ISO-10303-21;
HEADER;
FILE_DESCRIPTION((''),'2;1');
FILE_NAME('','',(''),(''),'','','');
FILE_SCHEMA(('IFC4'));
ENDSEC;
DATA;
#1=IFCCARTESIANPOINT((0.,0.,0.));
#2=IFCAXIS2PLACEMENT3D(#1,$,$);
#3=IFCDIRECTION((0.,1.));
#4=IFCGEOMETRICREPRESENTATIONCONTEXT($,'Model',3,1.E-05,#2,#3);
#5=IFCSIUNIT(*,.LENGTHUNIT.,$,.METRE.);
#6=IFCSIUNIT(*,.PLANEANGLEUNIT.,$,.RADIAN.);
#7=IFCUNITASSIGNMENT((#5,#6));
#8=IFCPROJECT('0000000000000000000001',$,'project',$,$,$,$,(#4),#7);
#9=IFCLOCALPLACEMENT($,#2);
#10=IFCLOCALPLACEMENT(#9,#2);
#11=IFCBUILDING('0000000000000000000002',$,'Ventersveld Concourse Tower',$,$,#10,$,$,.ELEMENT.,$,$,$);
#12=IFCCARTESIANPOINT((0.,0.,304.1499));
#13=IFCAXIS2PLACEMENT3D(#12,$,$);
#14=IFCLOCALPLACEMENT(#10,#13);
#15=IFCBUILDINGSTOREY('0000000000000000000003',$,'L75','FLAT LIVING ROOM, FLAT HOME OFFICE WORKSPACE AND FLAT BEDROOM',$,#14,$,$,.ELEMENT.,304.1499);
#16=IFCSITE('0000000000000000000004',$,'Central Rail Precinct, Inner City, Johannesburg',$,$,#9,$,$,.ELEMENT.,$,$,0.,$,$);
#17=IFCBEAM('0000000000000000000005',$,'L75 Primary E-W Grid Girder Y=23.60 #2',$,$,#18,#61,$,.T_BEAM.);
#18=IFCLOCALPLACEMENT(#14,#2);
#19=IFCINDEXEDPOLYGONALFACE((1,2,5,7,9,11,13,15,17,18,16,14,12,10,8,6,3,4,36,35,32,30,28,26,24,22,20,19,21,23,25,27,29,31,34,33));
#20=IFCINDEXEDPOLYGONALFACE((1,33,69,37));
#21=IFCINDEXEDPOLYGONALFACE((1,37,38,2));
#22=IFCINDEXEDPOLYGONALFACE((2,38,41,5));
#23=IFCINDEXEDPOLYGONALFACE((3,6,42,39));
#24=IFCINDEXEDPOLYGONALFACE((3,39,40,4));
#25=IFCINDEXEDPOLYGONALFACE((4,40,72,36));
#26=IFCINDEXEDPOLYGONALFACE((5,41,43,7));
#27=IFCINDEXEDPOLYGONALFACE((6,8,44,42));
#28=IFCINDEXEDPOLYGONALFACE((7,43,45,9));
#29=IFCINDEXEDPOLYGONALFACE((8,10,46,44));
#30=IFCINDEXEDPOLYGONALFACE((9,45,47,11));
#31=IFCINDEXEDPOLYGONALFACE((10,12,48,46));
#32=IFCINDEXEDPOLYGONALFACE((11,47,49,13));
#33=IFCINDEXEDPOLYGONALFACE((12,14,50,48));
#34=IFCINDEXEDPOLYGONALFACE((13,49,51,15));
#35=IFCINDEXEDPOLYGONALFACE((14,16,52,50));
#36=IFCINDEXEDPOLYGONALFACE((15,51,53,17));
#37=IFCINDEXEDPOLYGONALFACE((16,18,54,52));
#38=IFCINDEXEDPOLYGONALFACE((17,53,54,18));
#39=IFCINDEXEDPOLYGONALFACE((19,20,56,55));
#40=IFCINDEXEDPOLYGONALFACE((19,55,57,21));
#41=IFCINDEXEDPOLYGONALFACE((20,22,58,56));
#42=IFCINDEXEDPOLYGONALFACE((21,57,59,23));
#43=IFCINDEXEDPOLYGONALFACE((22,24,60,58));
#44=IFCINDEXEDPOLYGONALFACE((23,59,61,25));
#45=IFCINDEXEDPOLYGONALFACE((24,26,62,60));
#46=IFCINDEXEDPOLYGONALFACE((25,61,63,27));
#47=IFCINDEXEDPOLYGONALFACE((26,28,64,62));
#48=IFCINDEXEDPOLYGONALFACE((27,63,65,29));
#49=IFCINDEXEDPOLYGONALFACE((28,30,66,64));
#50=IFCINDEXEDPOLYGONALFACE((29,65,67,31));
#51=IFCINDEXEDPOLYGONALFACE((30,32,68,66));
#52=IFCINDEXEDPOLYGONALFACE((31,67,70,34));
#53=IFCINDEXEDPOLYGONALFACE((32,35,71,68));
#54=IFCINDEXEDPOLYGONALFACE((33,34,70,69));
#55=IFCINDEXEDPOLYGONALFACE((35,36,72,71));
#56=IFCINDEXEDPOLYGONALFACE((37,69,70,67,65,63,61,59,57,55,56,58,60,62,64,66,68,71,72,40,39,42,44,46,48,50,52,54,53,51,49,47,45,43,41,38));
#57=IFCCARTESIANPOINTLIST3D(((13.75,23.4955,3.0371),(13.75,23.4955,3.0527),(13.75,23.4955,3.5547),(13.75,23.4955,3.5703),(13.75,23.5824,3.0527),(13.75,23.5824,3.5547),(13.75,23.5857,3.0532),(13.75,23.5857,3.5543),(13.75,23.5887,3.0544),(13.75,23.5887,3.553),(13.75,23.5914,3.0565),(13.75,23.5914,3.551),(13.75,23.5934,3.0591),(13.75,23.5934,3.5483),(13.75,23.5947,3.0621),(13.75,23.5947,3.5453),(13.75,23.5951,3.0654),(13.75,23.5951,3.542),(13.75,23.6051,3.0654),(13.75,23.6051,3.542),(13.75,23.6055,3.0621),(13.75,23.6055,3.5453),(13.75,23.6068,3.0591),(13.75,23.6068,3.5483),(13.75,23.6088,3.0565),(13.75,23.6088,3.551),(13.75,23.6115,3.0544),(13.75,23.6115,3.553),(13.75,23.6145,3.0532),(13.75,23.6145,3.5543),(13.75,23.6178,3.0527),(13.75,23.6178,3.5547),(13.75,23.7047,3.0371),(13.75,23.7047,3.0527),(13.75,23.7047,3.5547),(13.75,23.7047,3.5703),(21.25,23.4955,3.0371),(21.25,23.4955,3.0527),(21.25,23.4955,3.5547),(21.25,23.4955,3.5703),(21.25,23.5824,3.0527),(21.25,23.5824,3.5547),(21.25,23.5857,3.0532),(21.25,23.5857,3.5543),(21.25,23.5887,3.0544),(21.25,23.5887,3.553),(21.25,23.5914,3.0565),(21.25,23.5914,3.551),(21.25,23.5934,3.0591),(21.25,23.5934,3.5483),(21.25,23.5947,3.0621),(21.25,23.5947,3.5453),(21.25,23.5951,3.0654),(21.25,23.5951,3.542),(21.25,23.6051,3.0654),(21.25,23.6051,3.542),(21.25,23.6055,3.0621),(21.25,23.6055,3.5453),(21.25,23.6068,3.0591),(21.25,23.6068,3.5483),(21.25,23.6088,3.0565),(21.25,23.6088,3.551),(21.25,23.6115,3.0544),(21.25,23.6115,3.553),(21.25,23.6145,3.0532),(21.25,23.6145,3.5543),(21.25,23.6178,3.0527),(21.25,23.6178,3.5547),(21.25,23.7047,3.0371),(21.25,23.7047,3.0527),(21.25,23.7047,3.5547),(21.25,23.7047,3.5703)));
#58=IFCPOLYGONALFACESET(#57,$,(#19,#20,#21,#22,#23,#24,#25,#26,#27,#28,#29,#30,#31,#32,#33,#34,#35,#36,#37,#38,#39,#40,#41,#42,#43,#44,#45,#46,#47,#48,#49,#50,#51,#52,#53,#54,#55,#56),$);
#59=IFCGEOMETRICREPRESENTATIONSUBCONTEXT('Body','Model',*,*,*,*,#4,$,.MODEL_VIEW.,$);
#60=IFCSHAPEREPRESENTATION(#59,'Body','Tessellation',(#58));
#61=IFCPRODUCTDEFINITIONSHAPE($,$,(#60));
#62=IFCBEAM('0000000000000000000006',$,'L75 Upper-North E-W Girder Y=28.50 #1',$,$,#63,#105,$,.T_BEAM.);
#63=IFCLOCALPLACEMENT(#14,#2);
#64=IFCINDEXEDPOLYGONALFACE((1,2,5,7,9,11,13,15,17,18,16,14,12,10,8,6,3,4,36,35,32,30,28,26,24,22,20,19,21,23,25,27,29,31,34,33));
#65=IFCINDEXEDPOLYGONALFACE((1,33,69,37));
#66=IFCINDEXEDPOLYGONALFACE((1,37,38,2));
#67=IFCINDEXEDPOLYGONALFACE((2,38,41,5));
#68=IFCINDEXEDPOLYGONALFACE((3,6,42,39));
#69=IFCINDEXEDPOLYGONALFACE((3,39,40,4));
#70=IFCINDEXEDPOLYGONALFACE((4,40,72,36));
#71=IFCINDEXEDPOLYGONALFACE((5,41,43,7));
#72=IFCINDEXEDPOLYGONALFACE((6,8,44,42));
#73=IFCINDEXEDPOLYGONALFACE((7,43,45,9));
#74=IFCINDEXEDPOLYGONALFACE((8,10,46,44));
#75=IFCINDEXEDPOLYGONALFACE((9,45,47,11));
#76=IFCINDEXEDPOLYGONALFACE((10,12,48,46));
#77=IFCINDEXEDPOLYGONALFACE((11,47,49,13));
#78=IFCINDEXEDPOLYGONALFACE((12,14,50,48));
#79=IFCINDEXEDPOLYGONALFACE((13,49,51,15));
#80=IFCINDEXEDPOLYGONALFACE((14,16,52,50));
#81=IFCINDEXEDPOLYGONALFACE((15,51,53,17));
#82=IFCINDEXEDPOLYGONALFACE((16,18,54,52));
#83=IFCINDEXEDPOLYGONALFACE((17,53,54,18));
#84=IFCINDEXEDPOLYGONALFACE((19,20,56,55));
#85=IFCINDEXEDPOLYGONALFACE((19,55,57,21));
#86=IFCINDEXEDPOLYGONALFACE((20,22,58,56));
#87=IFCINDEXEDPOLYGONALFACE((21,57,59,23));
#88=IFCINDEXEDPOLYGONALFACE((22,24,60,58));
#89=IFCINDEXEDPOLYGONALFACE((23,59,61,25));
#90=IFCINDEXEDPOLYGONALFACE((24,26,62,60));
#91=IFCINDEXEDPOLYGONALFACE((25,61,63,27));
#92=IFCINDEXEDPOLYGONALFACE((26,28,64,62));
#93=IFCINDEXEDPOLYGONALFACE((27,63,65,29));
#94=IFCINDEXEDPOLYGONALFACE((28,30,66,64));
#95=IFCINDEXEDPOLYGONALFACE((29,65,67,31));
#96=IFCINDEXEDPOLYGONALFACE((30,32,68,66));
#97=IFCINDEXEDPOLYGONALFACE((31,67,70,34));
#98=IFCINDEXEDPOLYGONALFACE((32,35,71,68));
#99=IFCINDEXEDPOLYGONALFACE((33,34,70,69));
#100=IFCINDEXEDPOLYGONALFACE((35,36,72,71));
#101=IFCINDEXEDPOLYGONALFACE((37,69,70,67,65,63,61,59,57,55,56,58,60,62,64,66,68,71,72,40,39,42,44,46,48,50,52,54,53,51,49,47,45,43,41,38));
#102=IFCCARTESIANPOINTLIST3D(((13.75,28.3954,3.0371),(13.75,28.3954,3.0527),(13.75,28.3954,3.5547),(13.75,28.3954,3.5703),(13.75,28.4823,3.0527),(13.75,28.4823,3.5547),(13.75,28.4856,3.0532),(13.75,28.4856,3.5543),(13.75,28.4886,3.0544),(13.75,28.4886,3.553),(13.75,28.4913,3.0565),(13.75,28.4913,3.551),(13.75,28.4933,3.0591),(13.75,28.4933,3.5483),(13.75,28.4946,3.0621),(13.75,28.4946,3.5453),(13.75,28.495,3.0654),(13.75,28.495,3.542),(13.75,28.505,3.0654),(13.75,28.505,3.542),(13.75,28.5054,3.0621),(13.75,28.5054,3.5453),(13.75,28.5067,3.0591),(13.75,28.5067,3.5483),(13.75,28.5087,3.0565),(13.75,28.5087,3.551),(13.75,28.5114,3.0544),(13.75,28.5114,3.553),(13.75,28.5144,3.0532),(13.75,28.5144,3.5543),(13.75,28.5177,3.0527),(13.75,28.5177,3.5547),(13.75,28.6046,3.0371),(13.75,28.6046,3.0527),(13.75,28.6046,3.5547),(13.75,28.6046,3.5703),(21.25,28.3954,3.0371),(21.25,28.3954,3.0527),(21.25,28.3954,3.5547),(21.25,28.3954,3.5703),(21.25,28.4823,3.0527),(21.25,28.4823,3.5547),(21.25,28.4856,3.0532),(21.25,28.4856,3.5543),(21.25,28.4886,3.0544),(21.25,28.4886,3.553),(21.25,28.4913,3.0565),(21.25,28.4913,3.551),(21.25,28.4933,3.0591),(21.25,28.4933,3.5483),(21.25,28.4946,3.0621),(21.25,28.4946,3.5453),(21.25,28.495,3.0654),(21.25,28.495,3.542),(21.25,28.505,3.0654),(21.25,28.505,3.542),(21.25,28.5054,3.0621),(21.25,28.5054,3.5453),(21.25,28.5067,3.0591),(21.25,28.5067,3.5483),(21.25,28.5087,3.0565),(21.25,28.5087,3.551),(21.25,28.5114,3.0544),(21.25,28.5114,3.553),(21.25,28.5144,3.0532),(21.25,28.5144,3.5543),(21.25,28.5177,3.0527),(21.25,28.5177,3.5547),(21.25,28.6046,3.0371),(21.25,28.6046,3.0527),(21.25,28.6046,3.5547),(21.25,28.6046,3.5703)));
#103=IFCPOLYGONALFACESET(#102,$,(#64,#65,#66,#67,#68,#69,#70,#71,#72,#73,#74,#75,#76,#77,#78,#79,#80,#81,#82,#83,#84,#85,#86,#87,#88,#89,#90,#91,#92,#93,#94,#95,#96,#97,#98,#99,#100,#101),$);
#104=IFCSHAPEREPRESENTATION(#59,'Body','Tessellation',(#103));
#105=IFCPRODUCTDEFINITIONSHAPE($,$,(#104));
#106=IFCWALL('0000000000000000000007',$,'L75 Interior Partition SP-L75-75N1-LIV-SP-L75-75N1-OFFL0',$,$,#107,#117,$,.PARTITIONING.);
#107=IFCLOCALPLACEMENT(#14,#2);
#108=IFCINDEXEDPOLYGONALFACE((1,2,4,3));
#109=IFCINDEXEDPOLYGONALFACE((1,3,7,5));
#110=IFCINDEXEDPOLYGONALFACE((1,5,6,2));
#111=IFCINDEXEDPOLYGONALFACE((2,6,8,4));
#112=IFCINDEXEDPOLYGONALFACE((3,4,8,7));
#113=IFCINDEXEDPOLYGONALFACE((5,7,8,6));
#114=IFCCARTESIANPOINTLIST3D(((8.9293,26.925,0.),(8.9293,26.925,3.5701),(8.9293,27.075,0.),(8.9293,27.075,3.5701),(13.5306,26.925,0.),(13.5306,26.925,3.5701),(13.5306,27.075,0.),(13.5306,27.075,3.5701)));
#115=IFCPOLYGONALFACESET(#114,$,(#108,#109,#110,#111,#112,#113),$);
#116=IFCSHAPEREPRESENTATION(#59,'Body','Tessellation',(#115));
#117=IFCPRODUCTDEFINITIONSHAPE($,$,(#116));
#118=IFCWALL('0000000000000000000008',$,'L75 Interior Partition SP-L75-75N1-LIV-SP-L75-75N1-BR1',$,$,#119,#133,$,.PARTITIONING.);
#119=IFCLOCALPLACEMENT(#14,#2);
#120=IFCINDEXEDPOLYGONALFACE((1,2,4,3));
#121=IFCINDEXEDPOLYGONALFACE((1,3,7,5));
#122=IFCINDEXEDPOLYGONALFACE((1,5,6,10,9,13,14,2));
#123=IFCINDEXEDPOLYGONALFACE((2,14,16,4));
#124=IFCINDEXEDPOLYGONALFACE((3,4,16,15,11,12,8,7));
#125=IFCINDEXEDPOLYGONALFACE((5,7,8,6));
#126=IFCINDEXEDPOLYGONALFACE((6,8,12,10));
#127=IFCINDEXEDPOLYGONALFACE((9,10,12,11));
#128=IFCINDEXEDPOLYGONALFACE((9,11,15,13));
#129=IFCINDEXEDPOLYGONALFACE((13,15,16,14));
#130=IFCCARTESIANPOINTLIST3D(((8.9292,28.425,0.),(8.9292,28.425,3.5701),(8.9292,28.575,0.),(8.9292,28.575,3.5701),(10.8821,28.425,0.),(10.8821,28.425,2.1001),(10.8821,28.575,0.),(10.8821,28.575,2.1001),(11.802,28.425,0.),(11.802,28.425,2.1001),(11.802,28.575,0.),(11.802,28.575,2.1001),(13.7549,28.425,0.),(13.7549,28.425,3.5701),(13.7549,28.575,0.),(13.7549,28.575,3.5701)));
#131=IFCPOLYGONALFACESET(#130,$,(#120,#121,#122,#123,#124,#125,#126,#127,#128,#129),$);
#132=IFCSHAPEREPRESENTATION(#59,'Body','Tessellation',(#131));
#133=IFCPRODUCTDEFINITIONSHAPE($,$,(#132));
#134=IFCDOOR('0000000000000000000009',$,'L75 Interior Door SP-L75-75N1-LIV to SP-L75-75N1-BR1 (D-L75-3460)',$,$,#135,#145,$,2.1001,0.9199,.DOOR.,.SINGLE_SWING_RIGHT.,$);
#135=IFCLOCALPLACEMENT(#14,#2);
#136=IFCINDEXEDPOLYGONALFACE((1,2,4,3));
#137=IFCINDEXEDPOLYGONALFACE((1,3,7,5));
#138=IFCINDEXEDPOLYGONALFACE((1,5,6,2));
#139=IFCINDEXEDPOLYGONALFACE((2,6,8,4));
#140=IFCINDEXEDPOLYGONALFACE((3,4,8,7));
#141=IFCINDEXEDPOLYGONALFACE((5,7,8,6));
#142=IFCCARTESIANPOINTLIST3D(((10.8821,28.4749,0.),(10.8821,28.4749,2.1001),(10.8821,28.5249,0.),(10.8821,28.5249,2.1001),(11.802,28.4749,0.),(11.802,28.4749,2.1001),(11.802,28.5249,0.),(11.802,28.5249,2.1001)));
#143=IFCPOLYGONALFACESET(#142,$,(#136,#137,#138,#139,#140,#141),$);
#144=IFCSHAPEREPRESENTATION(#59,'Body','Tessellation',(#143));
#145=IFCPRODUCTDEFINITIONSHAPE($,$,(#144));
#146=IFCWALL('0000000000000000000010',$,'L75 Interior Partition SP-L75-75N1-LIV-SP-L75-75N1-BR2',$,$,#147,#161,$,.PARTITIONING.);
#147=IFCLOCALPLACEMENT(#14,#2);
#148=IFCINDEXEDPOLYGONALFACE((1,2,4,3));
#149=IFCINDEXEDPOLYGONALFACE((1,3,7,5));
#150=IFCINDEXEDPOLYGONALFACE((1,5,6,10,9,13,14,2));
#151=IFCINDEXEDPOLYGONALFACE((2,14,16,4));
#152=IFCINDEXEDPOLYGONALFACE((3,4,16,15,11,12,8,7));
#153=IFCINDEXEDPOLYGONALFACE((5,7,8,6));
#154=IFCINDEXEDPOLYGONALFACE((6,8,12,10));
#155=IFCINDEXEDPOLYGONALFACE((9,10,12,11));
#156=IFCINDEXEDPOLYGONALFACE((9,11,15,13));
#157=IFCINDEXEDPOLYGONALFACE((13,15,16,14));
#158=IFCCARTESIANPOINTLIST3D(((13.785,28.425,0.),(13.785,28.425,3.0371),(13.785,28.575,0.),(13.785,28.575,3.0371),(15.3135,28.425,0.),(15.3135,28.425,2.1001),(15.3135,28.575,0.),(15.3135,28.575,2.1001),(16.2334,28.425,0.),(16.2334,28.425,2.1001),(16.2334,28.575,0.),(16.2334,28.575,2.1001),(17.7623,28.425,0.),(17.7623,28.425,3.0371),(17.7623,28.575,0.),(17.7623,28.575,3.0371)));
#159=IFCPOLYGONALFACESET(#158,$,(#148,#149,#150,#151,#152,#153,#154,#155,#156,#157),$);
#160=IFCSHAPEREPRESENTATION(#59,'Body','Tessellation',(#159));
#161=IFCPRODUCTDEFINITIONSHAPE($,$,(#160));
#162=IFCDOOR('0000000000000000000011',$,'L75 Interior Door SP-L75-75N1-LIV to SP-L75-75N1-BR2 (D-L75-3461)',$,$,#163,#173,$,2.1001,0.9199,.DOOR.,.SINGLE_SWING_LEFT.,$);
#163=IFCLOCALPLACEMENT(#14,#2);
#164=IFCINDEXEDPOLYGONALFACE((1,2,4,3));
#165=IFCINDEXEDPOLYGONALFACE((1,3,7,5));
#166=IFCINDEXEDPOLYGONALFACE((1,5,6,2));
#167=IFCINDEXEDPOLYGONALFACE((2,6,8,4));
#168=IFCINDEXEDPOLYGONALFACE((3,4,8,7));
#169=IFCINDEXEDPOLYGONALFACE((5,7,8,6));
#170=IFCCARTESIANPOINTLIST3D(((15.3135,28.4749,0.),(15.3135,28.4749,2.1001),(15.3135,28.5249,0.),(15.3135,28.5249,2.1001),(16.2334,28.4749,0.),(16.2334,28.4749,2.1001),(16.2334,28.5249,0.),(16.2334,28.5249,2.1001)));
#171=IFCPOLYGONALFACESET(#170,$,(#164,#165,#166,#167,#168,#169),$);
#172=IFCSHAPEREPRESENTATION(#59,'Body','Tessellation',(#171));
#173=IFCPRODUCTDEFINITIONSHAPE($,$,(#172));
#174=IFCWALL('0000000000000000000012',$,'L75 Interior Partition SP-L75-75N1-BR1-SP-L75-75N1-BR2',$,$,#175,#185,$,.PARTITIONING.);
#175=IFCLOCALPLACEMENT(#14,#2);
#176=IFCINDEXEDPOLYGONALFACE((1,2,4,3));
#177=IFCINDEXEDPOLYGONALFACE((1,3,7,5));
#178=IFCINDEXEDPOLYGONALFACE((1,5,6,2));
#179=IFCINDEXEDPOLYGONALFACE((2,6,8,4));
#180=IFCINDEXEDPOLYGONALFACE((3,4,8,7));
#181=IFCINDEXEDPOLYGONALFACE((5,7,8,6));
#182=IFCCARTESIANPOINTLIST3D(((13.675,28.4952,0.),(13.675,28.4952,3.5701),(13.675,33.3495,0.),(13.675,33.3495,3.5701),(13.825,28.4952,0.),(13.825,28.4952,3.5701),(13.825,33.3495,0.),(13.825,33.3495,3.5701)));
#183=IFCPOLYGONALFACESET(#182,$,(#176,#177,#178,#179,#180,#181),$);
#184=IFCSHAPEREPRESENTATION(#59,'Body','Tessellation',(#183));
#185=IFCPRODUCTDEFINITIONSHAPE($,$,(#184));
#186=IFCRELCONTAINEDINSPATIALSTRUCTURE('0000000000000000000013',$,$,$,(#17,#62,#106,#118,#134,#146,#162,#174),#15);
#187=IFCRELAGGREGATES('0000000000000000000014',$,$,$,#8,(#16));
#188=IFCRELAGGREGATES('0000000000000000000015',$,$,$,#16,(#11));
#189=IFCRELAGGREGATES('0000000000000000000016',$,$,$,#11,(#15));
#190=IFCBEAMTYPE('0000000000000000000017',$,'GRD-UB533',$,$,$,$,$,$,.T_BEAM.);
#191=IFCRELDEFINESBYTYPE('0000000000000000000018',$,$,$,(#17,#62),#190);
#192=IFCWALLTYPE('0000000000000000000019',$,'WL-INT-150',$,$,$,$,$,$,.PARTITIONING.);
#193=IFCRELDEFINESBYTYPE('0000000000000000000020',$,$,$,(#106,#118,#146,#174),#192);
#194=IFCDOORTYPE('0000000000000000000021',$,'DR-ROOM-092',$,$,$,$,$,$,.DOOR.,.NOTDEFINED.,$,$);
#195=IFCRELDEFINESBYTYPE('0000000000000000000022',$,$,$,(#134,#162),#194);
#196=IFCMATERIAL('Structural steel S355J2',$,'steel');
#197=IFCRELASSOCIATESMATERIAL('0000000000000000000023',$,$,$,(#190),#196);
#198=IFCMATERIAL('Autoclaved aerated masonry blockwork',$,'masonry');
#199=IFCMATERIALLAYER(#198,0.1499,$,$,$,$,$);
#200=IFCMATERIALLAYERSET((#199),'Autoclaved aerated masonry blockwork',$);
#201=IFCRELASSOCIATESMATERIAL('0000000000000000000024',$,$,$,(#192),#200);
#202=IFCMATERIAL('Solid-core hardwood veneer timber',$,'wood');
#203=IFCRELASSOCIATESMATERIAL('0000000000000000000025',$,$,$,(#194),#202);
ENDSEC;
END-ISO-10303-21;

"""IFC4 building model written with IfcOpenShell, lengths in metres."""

from ifc_helpers import new_model, si_unit, direction, frame, frame_2d, origin, origin_2d, place, context, subcontext, project, spatial, rectangle, i_section, extrude, material, layer, layer_set, material_profile, profile_set, type_object, element, fill, save


model = new_model("IFC4")

# Units and contexts
model_context = context("Model", 3, precision=1e-05, world=origin(), true_north=direction((0.0, 1.0)))
body_context = subcontext(model_context, "Body", "Model", "MODEL_VIEW")
ifc_project = project(units=[si_unit("LENGTHUNIT", "METRE"), si_unit("PLANEANGLEUNIT", "RADIAN")], contexts=[model_context])

# Site, building, storey
site_placement = place(None, origin())
site = spatial("IfcSite", under=ifc_project, at=site_placement, Name="Central Rail Precinct, Inner City, Johannesburg", CompositionType="ELEMENT", RefElevation=0.0)
building_placement = place(site_placement, origin())
building = spatial("IfcBuilding", under=site, at=building_placement, Name="Ventersveld Concourse Tower", CompositionType="ELEMENT")
storey_placement = place(building_placement, frame((0.0, 0.0, 304.1499)))
storey = spatial("IfcBuildingStorey", under=building, at=storey_placement, Name="L75", Description="FLAT LIVING ROOM, FLAT HOME OFFICE WORKSPACE AND FLAT BEDROOM", CompositionType="ELEMENT", Elevation=304.1499)

# Beams
ifc_material_1 = material(Name="Structural steel S355J2", Category="steel")
ifc_material_profile_1 = material_profile(ifc_material_1, i_section(OverallWidth=0.2092, OverallDepth=0.5332, WebThickness=0.01, FlangeThickness=0.0156, FilletRadius=0.0127, at=origin_2d()), Name="UB 533x210x92")
ifc_profile_set_1 = profile_set([ifc_material_profile_1], Name="Structural steel S355J2")
beam_type_1 = type_object("IfcBeamType", Name="GRD-UB533", PredefinedType="T_BEAM", material=ifc_profile_set_1)
for number, where, z_axis, x_axis, name in (
    (1, (13.75, 23.6001, 3.3037), (1.0, 0.0, 0.0), (0.0, 1.0, 0.0), "L75 Primary E-W Grid Girder Y=23.60 #2"),
    (2, (13.75, 28.5, 3.3037), (1.0, 0.0, 0.0), (0.0, 1.0, 0.0), "L75 Upper-North E-W Girder Y=28.50 #1"),
):
    element("IfcBeam", number, at=place(storey_placement, frame(where, z_axis=z_axis, x_axis=x_axis)), inside=storey, type_object=beam_type_1, Name=name, PredefinedType="T_BEAM", context=body_context, shape_type="SweptSolid", body=[
        extrude(i_section(OverallWidth=0.2092, OverallDepth=0.5332, WebThickness=0.01, FlangeThickness=0.0156, FilletRadius=0.0127, at=origin_2d()), origin(), (0.0, 0.0, 1.0), 7.5),
    ])

# Wall
ifc_material_2 = material(Name="Autoclaved aerated masonry blockwork", Category="masonry")
ifc_layer_1 = layer(ifc_material_2, 0.1499)
ifc_layer_set_1 = layer_set([ifc_layer_1], Name="Autoclaved aerated masonry blockwork")
wall_type_1 = type_object("IfcWallType", Name="WL-INT-150", PredefinedType="PARTITIONING", material=ifc_layer_set_1)
wall_1_placement = place(storey_placement, frame((8.9292, 27.0, 0.0), z_axis=(0.0, 0.0, 1.0), x_axis=(1.0, 0.0, 0.0)))
element("IfcWall", 3, at=wall_1_placement, inside=storey, type_object=wall_type_1, Name="L75 Interior Partition SP-L75-75N1-LIV-SP-L75-75N1-OFFL0", PredefinedType="PARTITIONING", context=body_context, shape_type="SweptSolid", body=[
    extrude(rectangle(XDim=4.6013, YDim=0.1499, at=frame_2d((2.3008, 0.0))), origin(), (0.0, 0.0, 1.0), 3.5701),
])

# Walls, openings, doors
wall_2_placement = place(storey_placement, frame((8.9292, 28.5, 0.0), z_axis=(0.0, 0.0, 1.0), x_axis=(1.0, 0.0, 0.0)))
wall_2 = element("IfcWall", 4, at=wall_2_placement, inside=storey, type_object=wall_type_1, Name="L75 Interior Partition SP-L75-75N1-LIV-SP-L75-75N1-BR1", PredefinedType="PARTITIONING", context=body_context, shape_type="SweptSolid", body=[
    extrude(rectangle(XDim=4.8257, YDim=0.1499, at=frame_2d((2.4128, 0.0))), origin(), (0.0, 0.0, 1.0), 3.5701),
])
opening_1_placement = place(wall_2_placement, frame((1.9529, 0.0, 0.0)))
opening_1 = element("IfcOpeningElement", 5, at=opening_1_placement, cuts=wall_2, PredefinedType="OPENING", context=body_context, shape_type="SweptSolid", body=[
    extrude(rectangle(XDim=0.9199, YDim=2.1001, at=frame_2d((0.46, 1.05))), frame((0.0, 0.085, 0.0), z_axis=(0.0, -1.0, 0.0), x_axis=(1.0, 0.0, 0.0)), (0.0, 0.0, 1.0), 0.1699),
])
ifc_material_3 = material(Name="Solid-core hardwood veneer timber", Category="wood")
door_type = type_object("IfcDoorType", Name="DR-ROOM-092", OperationType="NOTDEFINED", PredefinedType="DOOR", material=ifc_material_3)
door_1_placement = place(opening_1_placement, origin())
door_1 = element("IfcDoor", 6, at=door_1_placement, inside=storey, type_object=door_type, Name="L75 Interior Door SP-L75-75N1-LIV to SP-L75-75N1-BR1 (D-L75-3460)", OperationType="SINGLE_SWING_RIGHT", OverallHeight=2.1001, OverallWidth=0.9199, PredefinedType="DOOR", context=body_context, shape_type="SweptSolid", body=[
    extrude(rectangle(XDim=0.9199, YDim=2.1001, at=frame_2d((0.46, 1.05))), frame((0.0, 0.0249, 0.0), z_axis=(0.0, -1.0, 0.0), x_axis=(1.0, 0.0, 0.0)), (0.0, 0.0, 1.0), 0.05),
])
fill(opening_1, door_1)
wall_3_placement = place(storey_placement, frame((13.7849, 28.5, 0.0), z_axis=(0.0, 0.0, 1.0), x_axis=(1.0, 0.0, 0.0)))
wall_3 = element("IfcWall", 7, at=wall_3_placement, inside=storey, type_object=wall_type_1, Name="L75 Interior Partition SP-L75-75N1-LIV-SP-L75-75N1-BR2", PredefinedType="PARTITIONING", context=body_context, shape_type="SweptSolid", body=[
    extrude(rectangle(XDim=3.9773, YDim=0.1499, at=frame_2d((1.9888, 0.0))), origin(), (0.0, 0.0, 1.0), 3.0371),
])
opening_2_placement = place(wall_3_placement, frame((1.5286, 0.0, 0.0)))
opening_2 = element("IfcOpeningElement", 8, at=opening_2_placement, cuts=wall_3, PredefinedType="OPENING", context=body_context, shape_type="SweptSolid", body=[
    extrude(rectangle(XDim=0.9199, YDim=2.1001, at=frame_2d((0.46, 1.05))), frame((0.0, 0.085, 0.0), z_axis=(0.0, -1.0, 0.0), x_axis=(1.0, 0.0, 0.0)), (0.0, 0.0, 1.0), 0.1699),
])
door_2_placement = place(opening_2_placement, origin())
door_2 = element("IfcDoor", 9, at=door_2_placement, inside=storey, type_object=door_type, Name="L75 Interior Door SP-L75-75N1-LIV to SP-L75-75N1-BR2 (D-L75-3461)", OperationType="SINGLE_SWING_LEFT", OverallHeight=2.1001, OverallWidth=0.9199, PredefinedType="DOOR", context=body_context, shape_type="SweptSolid", body=[
    extrude(rectangle(XDim=0.9199, YDim=2.1001, at=frame_2d((0.46, 1.05))), frame((0.0, 0.0249, 0.0), z_axis=(0.0, -1.0, 0.0), x_axis=(1.0, 0.0, 0.0)), (0.0, 0.0, 1.0), 0.05),
])
fill(opening_2, door_2)

# Wall
wall_4_placement = place(storey_placement, frame((13.75, 28.4951, 0.0), z_axis=(0.0, 0.0, 1.0), x_axis=(0.0, 1.0, 0.0)))
element("IfcWall", 10, at=wall_4_placement, inside=storey, type_object=wall_type_1, Name="L75 Interior Partition SP-L75-75N1-BR1-SP-L75-75N1-BR2", PredefinedType="PARTITIONING", context=body_context, shape_type="SweptSolid", body=[
    extrude(rectangle(XDim=4.8542, YDim=0.1499, at=frame_2d((2.4272, 0.0))), origin(), (0.0, 0.0, 1.0), 3.5701),
])

save(model, "model.ifc")
